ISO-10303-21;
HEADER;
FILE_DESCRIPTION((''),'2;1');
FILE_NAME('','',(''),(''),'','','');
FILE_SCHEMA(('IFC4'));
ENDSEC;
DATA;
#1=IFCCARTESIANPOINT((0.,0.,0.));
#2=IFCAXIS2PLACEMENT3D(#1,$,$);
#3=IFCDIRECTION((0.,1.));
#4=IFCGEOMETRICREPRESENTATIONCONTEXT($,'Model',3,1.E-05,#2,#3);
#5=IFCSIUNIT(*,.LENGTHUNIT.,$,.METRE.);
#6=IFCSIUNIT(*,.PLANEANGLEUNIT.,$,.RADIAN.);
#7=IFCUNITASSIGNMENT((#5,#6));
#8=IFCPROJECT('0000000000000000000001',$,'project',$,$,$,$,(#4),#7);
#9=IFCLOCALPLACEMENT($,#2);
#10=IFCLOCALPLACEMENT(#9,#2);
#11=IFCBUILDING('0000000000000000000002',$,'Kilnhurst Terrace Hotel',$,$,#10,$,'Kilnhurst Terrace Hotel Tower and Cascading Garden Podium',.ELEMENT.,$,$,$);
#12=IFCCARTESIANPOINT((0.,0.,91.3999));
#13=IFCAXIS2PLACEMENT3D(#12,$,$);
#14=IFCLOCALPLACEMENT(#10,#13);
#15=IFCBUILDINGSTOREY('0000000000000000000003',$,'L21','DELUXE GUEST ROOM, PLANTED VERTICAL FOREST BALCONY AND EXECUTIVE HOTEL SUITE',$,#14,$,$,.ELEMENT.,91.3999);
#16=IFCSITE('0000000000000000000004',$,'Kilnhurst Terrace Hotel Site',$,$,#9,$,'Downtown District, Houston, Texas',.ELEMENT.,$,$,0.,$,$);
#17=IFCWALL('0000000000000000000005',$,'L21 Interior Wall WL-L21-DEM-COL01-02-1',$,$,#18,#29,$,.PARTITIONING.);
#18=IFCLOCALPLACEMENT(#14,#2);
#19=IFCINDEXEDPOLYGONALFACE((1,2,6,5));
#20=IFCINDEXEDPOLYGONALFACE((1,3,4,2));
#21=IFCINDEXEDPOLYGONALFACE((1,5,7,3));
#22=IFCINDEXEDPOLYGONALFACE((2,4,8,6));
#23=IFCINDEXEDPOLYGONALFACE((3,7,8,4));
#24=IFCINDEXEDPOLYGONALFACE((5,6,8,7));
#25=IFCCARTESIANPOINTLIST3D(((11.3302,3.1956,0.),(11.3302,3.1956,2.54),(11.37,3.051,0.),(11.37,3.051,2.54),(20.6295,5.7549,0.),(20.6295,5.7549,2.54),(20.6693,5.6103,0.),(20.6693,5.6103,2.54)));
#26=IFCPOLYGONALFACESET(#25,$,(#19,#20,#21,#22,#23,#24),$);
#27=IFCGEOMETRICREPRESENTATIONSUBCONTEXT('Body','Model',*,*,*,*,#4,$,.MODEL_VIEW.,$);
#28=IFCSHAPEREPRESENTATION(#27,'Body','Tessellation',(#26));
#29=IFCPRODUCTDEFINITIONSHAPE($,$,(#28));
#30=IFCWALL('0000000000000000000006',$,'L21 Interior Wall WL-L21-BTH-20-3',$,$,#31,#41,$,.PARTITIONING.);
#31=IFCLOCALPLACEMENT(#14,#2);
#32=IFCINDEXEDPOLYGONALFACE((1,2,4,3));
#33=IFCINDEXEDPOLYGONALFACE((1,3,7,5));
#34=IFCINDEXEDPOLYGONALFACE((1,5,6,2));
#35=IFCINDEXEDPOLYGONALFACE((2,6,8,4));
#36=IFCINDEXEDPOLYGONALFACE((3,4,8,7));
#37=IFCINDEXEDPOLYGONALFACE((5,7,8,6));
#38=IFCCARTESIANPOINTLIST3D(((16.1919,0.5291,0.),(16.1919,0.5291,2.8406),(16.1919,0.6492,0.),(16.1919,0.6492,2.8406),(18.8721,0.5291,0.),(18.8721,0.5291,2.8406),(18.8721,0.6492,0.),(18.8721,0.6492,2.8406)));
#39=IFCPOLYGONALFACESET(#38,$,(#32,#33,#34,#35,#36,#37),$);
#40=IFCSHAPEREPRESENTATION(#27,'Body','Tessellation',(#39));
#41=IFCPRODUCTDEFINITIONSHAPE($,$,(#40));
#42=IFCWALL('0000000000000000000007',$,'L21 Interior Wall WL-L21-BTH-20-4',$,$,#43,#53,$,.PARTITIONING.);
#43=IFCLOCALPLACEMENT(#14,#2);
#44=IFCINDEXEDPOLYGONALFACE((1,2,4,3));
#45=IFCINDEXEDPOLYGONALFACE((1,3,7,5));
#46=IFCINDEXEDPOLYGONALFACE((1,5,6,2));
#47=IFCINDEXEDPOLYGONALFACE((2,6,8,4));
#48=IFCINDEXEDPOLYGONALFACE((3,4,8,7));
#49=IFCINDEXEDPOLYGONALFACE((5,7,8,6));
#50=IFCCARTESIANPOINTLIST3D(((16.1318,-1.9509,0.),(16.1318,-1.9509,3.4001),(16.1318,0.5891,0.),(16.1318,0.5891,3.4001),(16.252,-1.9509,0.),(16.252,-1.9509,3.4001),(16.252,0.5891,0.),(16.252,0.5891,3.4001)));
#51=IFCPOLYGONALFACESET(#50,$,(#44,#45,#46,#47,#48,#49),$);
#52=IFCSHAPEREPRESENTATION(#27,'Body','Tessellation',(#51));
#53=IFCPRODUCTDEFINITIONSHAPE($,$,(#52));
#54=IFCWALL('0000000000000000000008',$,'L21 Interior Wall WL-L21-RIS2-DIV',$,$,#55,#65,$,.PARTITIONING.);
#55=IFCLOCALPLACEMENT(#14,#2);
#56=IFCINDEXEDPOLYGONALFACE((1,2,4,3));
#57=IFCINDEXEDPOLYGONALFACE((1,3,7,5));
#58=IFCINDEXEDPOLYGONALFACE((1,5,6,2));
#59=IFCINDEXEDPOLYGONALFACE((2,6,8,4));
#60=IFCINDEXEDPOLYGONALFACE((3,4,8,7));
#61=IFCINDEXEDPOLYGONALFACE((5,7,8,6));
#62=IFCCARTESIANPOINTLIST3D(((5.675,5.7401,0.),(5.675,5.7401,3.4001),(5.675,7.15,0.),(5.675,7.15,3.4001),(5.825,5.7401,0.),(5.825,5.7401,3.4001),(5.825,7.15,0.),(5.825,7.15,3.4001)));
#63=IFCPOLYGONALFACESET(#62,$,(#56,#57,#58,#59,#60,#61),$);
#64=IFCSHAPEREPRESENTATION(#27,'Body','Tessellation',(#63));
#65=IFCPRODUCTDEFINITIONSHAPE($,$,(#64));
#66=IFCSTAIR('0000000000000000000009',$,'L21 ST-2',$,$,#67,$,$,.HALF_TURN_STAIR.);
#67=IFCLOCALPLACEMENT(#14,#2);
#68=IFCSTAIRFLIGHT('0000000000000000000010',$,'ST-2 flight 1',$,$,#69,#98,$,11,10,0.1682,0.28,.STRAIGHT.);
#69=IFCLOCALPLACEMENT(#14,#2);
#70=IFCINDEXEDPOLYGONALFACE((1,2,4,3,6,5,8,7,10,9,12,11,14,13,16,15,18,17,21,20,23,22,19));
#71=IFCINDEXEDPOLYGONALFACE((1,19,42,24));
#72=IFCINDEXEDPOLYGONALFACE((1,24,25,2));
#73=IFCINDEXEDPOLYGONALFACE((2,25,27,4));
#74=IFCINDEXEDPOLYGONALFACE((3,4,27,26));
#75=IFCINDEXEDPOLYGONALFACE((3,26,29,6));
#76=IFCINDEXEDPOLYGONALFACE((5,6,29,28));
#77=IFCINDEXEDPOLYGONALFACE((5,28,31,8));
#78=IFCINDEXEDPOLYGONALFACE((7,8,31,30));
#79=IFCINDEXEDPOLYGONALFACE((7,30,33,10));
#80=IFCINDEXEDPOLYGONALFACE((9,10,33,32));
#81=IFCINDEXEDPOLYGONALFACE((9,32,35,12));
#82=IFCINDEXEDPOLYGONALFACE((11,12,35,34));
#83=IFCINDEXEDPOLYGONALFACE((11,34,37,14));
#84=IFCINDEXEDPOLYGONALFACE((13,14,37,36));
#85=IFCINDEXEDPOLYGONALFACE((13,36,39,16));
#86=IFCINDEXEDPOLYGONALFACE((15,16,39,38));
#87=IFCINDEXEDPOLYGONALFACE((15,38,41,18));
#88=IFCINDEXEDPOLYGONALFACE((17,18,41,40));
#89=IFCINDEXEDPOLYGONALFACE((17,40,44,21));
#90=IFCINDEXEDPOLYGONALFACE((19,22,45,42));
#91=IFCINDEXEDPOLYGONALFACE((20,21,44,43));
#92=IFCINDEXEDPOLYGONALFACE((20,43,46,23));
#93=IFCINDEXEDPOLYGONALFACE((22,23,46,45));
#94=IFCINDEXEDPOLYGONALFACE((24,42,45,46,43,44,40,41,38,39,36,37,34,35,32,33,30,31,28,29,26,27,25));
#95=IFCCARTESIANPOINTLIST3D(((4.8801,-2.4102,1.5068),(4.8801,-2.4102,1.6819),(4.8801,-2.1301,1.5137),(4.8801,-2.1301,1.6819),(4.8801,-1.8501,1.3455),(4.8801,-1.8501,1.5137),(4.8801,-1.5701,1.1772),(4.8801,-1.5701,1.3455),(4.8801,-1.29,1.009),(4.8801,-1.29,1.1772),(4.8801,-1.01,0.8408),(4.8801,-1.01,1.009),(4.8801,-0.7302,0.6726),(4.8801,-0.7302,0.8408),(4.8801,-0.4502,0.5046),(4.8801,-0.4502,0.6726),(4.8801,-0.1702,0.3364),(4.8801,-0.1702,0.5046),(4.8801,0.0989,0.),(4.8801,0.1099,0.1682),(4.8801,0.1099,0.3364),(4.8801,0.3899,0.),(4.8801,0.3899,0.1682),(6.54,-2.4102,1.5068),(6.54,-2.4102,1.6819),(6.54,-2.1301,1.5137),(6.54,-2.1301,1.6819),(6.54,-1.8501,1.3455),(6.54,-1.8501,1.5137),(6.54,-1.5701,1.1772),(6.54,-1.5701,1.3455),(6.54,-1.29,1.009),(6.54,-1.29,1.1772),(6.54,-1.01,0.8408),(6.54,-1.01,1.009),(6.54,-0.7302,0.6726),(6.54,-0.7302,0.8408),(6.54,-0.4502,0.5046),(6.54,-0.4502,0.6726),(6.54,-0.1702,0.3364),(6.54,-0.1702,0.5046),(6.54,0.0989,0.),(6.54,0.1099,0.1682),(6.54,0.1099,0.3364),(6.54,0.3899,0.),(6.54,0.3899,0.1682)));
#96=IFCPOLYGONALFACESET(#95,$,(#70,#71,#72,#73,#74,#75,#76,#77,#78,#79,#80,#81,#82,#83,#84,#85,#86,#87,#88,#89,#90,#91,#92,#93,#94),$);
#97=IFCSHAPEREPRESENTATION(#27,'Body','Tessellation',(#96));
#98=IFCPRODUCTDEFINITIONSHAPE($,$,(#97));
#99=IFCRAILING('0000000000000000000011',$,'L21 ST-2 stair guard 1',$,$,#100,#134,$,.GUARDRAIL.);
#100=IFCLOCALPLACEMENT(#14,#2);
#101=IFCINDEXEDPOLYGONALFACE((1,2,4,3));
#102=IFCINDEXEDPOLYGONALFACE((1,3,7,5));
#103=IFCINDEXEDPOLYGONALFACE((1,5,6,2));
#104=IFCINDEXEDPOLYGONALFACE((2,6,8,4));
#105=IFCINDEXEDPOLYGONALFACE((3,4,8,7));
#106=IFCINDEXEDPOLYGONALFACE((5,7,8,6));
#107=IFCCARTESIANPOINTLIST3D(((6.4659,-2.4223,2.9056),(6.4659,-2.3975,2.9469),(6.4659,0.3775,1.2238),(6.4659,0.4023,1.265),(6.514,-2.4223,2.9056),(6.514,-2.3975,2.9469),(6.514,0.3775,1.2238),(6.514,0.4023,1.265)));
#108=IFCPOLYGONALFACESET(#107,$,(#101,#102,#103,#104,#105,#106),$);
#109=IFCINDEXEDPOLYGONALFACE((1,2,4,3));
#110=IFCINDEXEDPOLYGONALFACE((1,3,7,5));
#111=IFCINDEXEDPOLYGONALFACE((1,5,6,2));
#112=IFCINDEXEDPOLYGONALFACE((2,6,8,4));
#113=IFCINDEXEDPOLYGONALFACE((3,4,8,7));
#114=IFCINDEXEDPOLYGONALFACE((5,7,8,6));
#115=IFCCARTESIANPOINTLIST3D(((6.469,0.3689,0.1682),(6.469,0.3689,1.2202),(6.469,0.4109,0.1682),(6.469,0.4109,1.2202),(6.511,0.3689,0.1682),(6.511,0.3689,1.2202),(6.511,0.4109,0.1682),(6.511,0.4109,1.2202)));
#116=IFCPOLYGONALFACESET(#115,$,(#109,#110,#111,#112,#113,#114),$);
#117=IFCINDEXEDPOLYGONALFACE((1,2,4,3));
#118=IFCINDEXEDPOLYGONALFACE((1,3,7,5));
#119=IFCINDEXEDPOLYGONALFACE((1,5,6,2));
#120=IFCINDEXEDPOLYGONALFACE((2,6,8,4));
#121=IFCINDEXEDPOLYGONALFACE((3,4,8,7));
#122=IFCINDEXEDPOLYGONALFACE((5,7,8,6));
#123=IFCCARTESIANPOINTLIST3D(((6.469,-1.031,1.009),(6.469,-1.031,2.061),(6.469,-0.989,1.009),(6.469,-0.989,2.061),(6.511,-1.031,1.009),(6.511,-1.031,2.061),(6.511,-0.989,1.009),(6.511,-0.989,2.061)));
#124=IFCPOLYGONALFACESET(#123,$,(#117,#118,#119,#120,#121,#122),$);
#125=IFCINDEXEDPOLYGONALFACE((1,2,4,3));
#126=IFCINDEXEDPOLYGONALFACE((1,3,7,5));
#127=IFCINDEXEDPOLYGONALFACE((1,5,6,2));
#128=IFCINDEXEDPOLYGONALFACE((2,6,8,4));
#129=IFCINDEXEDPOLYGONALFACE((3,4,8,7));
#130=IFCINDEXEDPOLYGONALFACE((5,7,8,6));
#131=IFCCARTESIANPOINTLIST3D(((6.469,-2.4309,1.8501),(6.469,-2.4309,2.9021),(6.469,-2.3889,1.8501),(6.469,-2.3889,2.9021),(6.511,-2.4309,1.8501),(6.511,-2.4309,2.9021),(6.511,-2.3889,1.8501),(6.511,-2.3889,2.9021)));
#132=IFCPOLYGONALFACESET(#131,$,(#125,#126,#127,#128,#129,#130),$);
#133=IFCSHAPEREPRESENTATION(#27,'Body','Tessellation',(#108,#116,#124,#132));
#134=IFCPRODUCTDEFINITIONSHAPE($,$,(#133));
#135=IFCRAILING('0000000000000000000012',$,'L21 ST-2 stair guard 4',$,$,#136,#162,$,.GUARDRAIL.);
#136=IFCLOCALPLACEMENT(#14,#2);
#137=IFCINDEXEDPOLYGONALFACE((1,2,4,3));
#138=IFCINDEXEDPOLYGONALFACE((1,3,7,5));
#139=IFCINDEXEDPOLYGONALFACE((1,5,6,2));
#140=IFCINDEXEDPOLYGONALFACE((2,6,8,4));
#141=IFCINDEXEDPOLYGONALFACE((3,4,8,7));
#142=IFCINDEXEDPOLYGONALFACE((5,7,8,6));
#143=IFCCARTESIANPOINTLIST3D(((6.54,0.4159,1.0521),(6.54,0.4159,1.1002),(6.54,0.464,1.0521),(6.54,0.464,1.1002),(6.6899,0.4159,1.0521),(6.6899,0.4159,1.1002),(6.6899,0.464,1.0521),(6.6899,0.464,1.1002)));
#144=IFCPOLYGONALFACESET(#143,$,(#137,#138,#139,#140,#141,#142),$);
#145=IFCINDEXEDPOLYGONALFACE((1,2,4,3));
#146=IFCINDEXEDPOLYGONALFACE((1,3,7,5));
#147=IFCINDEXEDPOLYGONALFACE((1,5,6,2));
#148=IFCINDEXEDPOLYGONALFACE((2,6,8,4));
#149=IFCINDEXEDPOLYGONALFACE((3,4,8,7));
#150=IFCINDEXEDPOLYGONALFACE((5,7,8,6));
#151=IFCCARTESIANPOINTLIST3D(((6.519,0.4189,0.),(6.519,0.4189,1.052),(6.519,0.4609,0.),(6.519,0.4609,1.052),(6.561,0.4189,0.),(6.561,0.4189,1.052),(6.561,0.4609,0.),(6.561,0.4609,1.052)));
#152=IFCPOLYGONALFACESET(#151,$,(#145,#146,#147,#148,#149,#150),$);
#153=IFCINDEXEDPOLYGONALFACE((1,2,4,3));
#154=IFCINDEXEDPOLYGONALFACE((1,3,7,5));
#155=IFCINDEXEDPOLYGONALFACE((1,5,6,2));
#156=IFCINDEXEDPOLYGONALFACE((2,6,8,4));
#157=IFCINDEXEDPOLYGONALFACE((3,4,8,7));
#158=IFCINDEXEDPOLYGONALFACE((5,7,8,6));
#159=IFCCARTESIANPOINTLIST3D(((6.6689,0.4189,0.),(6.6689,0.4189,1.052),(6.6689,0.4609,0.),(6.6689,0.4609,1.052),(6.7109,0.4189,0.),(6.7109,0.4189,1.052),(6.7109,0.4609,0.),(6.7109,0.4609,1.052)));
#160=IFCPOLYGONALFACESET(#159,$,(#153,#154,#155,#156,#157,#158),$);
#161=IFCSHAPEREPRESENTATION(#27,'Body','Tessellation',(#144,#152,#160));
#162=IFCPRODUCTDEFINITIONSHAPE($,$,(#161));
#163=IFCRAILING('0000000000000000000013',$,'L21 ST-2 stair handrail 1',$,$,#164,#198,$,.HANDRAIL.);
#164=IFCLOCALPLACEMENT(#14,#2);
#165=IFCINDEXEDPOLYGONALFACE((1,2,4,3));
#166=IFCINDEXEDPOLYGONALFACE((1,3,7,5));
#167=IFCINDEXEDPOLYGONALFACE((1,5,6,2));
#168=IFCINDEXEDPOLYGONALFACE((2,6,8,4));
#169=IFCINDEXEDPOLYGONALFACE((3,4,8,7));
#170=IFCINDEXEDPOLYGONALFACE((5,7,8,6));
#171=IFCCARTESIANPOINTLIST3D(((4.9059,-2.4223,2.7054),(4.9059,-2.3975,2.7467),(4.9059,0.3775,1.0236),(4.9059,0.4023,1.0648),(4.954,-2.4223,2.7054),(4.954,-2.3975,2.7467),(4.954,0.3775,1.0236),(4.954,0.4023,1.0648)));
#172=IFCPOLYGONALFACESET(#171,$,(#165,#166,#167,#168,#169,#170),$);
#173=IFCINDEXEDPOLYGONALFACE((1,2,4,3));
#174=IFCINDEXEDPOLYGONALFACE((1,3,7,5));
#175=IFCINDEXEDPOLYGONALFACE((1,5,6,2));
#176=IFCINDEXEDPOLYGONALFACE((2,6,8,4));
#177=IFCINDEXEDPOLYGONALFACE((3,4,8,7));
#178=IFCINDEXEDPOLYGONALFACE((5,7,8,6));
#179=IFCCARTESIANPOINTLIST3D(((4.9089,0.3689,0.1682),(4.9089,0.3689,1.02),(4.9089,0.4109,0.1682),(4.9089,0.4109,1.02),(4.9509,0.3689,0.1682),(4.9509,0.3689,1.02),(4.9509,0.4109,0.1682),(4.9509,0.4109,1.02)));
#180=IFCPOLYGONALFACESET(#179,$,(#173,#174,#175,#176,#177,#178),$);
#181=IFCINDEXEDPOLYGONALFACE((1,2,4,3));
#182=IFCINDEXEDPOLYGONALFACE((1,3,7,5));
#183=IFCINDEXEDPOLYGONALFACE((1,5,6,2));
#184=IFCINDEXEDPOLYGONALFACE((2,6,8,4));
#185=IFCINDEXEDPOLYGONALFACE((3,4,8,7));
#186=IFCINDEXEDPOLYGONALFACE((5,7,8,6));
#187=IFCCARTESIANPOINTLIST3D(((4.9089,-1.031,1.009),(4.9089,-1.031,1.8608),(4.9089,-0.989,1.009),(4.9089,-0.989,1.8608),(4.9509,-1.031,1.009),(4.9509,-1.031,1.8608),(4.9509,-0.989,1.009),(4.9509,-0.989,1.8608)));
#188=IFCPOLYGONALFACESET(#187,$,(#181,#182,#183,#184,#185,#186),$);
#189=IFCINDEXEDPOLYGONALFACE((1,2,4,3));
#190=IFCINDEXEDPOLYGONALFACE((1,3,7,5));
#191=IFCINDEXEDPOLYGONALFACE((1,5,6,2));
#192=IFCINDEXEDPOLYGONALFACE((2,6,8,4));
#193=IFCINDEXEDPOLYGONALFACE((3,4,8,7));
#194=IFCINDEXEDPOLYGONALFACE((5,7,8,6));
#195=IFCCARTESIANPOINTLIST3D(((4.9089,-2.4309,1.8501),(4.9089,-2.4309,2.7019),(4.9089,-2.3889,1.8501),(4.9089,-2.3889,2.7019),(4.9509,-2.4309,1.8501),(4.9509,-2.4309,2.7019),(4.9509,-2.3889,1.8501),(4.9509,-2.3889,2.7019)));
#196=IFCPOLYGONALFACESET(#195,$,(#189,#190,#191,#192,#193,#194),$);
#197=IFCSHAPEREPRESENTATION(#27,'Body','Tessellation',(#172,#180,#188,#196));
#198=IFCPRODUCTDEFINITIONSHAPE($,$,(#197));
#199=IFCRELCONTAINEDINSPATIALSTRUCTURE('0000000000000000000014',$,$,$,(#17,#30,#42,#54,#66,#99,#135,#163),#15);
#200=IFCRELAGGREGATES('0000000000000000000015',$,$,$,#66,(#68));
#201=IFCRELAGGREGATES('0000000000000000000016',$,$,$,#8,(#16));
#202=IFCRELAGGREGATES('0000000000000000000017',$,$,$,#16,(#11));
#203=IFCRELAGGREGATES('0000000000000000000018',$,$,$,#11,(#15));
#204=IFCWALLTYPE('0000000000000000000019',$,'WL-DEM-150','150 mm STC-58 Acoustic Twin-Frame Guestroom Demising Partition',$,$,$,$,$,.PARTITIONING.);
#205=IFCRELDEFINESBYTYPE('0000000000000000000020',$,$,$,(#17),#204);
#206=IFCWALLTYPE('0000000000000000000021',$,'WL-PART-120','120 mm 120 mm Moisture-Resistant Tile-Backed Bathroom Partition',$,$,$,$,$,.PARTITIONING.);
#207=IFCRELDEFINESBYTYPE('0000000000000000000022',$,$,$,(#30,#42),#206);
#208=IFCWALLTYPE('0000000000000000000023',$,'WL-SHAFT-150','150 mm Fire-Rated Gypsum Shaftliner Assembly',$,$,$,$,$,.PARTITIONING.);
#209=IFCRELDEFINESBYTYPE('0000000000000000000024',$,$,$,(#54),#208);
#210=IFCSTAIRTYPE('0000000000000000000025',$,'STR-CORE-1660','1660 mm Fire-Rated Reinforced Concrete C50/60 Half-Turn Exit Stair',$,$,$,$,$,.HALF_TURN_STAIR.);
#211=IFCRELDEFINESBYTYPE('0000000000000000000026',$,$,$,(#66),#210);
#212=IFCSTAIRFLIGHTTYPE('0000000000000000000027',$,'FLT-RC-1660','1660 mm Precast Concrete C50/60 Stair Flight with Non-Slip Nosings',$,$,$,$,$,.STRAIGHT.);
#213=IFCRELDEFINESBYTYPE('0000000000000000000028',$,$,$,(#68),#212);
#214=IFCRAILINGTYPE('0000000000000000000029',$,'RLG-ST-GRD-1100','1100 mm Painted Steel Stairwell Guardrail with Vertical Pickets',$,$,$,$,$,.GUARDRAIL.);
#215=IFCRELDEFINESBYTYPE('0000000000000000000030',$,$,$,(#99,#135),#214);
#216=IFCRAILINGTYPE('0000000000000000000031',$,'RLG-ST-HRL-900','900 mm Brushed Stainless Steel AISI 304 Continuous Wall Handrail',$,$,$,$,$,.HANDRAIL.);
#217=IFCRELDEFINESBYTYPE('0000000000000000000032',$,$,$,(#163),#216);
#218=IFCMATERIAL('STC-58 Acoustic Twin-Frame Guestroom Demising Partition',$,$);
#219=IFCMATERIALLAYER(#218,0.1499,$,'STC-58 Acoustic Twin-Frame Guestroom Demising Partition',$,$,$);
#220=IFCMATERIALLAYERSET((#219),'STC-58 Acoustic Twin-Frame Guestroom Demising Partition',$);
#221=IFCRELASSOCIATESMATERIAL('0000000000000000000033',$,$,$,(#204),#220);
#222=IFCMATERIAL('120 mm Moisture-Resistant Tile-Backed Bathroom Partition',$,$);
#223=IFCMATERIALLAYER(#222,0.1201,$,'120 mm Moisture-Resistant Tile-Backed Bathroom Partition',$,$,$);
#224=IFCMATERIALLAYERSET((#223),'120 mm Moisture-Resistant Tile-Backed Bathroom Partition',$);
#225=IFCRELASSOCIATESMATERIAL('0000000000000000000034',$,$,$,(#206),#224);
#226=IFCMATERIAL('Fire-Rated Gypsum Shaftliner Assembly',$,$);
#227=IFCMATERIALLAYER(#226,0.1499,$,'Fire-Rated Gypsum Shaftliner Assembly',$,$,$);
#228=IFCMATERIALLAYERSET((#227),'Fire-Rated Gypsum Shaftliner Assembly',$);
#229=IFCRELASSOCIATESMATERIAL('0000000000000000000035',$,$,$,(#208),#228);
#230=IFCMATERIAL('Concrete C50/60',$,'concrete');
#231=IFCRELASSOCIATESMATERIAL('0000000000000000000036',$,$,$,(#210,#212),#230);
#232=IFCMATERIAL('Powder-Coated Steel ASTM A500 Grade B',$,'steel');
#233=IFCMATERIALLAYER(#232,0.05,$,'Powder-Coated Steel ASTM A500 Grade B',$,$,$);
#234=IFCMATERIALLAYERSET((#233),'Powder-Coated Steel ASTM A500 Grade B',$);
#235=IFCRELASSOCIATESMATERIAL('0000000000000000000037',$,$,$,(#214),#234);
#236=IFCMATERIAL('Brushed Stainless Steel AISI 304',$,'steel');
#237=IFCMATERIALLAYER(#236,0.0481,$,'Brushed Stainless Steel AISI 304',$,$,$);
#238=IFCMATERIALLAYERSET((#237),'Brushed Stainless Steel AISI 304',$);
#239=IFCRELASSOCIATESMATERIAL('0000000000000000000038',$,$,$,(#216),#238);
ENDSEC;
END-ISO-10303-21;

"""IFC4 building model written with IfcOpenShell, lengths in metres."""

from ifc_helpers import new_model, si_unit, direction, frame, frame_2d, origin, origin_2d, place, context, subcontext, project, spatial, polyline, rectangle, outline, extrude, material, layer, layer_set, type_object, element, aggregate, save


model = new_model("IFC4")

# Units and contexts
model_context = context("Model", 3, precision=1e-05, world=origin(), true_north=direction((0.0, 1.0)))
body_context = subcontext(model_context, "Body", "Model", "MODEL_VIEW")
ifc_project = project(units=[si_unit("LENGTHUNIT", "METRE"), si_unit("PLANEANGLEUNIT", "RADIAN")], contexts=[model_context])

# Site, building, storey
site_placement = place(None, origin())
site = spatial("IfcSite", under=ifc_project, at=site_placement, Name="Kilnhurst Terrace Hotel Site", LongName="Downtown District, Houston, Texas", CompositionType="ELEMENT", RefElevation=0.0)
building_placement = place(site_placement, origin())
building = spatial("IfcBuilding", under=site, at=building_placement, Name="Kilnhurst Terrace Hotel", LongName="Kilnhurst Terrace Hotel Tower and Cascading Garden Podium", CompositionType="ELEMENT")
storey_placement = place(building_placement, frame((0.0, 0.0, 91.3999)))
storey = spatial("IfcBuildingStorey", under=building, at=storey_placement, Name="L21", Description="DELUXE GUEST ROOM, PLANTED VERTICAL FOREST BALCONY AND EXECUTIVE HOTEL SUITE", CompositionType="ELEMENT", Elevation=91.3999)

# Shared definitions
ifc_material_1 = material(Name="Concrete C50/60", Category="concrete")

# Walls
ifc_material_2 = material(Name="STC-58 Acoustic Twin-Frame Guestroom Demising Partition")
ifc_layer_1 = layer(ifc_material_2, 0.1499, Name="STC-58 Acoustic Twin-Frame Guestroom Demising Partition")
ifc_layer_set_1 = layer_set([ifc_layer_1], Name="STC-58 Acoustic Twin-Frame Guestroom Demising Partition")
wall_type_1 = type_object("IfcWallType", Name="WL-DEM-150", Description="150 mm STC-58 Acoustic Twin-Frame Guestroom Demising Partition", PredefinedType="PARTITIONING", material=ifc_layer_set_1)
wall_1_placement = place(storey_placement, frame((11.3501, 3.1233, 0.0), z_axis=(0.0, 0.0, 1.0), x_axis=(0.964152, 0.265351, 0.0)))
element("IfcWall", 1, at=wall_1_placement, inside=storey, type_object=wall_type_1, Name="L21 Interior Wall WL-L21-DEM-COL01-02-1", PredefinedType="PARTITIONING", context=body_context, shape_type="SweptSolid", body=[
    extrude(rectangle(XDim=9.645, YDim=0.1499, at=frame_2d((4.8225, 0.0))), origin(), (0.0, 0.0, 1.0), 2.54),
])
ifc_material_3 = material(Name="120 mm Moisture-Resistant Tile-Backed Bathroom Partition")
ifc_layer_2 = layer(ifc_material_3, 0.1201, Name="120 mm Moisture-Resistant Tile-Backed Bathroom Partition")
ifc_layer_set_2 = layer_set([ifc_layer_2], Name="120 mm Moisture-Resistant Tile-Backed Bathroom Partition")
wall_type_2 = type_object("IfcWallType", Name="WL-PART-120", Description="120 mm 120 mm Moisture-Resistant Tile-Backed Bathroom Partition", PredefinedType="PARTITIONING", material=ifc_layer_set_2)
wall_2_placement = place(storey_placement, frame((18.8721, 0.5891, 0.0), z_axis=(0.0, 0.0, 1.0), x_axis=(-1.0, 0.0, 0.0)))
element("IfcWall", 2, at=wall_2_placement, inside=storey, type_object=wall_type_2, Name="L21 Interior Wall WL-L21-BTH-20-3", PredefinedType="PARTITIONING", context=body_context, shape_type="SweptSolid", body=[
    extrude(rectangle(XDim=2.6802, YDim=0.1201, at=frame_2d((1.3401, 0.0))), origin(), (0.0, 0.0, 1.0), 2.8406),
])
wall_3_placement = place(storey_placement, frame((16.1919, 0.5891, 0.0), z_axis=(0.0, 0.0, 1.0), x_axis=(0.0, -1.0, 0.0)))
element("IfcWall", 3, at=wall_3_placement, inside=storey, type_object=wall_type_2, Name="L21 Interior Wall WL-L21-BTH-20-4", PredefinedType="PARTITIONING", context=body_context, shape_type="SweptSolid", body=[
    extrude(rectangle(XDim=2.54, YDim=0.1201, at=frame_2d((1.27, 0.0))), origin(), (0.0, 0.0, 1.0), 3.4001),
])
ifc_material_4 = material(Name="Fire-Rated Gypsum Shaftliner Assembly")
ifc_layer_3 = layer(ifc_material_4, 0.1499, Name="Fire-Rated Gypsum Shaftliner Assembly")
ifc_layer_set_3 = layer_set([ifc_layer_3], Name="Fire-Rated Gypsum Shaftliner Assembly")
wall_type_3 = type_object("IfcWallType", Name="WL-SHAFT-150", Description="150 mm Fire-Rated Gypsum Shaftliner Assembly", PredefinedType="PARTITIONING", material=ifc_layer_set_3)
wall_4_placement = place(storey_placement, frame((5.75, 5.74, 0.0), z_axis=(0.0, 0.0, 1.0), x_axis=(0.0, 1.0, 0.0)))
element("IfcWall", 4, at=wall_4_placement, inside=storey, type_object=wall_type_3, Name="L21 Interior Wall WL-L21-RIS2-DIV", PredefinedType="PARTITIONING", context=body_context, shape_type="SweptSolid", body=[
    extrude(rectangle(XDim=1.4099, YDim=0.1499, at=frame_2d((0.7051, 0.0))), origin(), (0.0, 0.0, 1.0), 3.4001),
])

# Stair, stair flight
stair_type = type_object("IfcStairType", Name="STR-CORE-1660", Description="1660 mm Fire-Rated Reinforced Concrete C50/60 Half-Turn Exit Stair", PredefinedType="HALF_TURN_STAIR", material=ifc_material_1)
stair_placement = place(storey_placement, origin())
stair = element("IfcStair", 5, at=stair_placement, inside=storey, type_object=stair_type, Name="L21 ST-2", PredefinedType="HALF_TURN_STAIR")
stair_flight_type = type_object("IfcStairFlightType", Name="FLT-RC-1660", Description="1660 mm Precast Concrete C50/60 Stair Flight with Non-Slip Nosings", PredefinedType="STRAIGHT", material=ifc_material_1)
stair_flight_placement = place(storey_placement, frame((5.71, 0.3899, 0.0), z_axis=(0.0, 0.0, 1.0), x_axis=(0.0, -1.0, 0.0)))
stair_flight = element("IfcStairFlight", 6, at=stair_flight_placement, type_object=stair_flight_type, Name="ST-2 flight 1", NumberOfRisers=11, NumberOfTreads=10, PredefinedType="STRAIGHT", RiserHeight=0.1682, TreadLength=0.28, context=body_context, shape_type="SweptSolid", body=[
    extrude(outline(polyline([(0.0, 0.0), (0.0, 0.1682), (0.28, 0.1682), (0.28, 0.3364), (0.5601, 0.3364), (0.5601, 0.5046), (0.8401, 0.5046), (0.8401, 0.6726), (1.1201, 0.6726), (1.1201, 0.8408), (1.3999, 0.8408), (1.3999, 1.009), (1.6799, 1.009), (1.6799, 1.1772), (1.96, 1.1772), (1.96, 1.3455), (2.24, 1.3455), (2.24, 1.5137), (2.52, 1.5137), (2.52, 1.6819), (2.8, 1.6819), (2.8, 1.8501), (2.8, 1.5068), (0.291, 0.0), (0.0, 0.0)])), frame((0.0, 0.8301, 0.0), z_axis=(0.0, -1.0, 0.0), x_axis=(1.0, 0.0, 0.0)), (0.0, 0.0, 1.0), 1.6599),
])
aggregate(stair, [stair_flight])

# Railings
ifc_material_5 = material(Name="Powder-Coated Steel ASTM A500 Grade B", Category="steel")
ifc_layer_4 = layer(ifc_material_5, 0.05, Name="Powder-Coated Steel ASTM A500 Grade B")
ifc_layer_set_4 = layer_set([ifc_layer_4], Name="Powder-Coated Steel ASTM A500 Grade B")
railing_type_1 = type_object("IfcRailingType", Name="RLG-ST-GRD-1100", Description="1100 mm Painted Steel Stairwell Guardrail with Vertical Pickets", PredefinedType="GUARDRAIL", material=ifc_layer_set_4)
railing_1_placement = place(storey_placement, frame((6.49, 0.3899, 0.1682)))
element("IfcRailing", 7, at=railing_1_placement, inside=storey, type_object=railing_type_1, Name="L21 ST-2 stair guard 1", PredefinedType="GUARDRAIL", context=body_context, shape_type="SweptSolid", body=[
    extrude(rectangle(XDim=0.0481, YDim=0.0481, at=origin_2d()), frame((0.0, 0.0, 1.0762), z_axis=(0.0, -0.857222, 0.514946), x_axis=(1.0, 0.0, 0.0)), (0.0, 0.0, 1.0), 3.2661),
    extrude(rectangle(XDim=0.042, YDim=0.042, at=origin_2d()), origin(), (0.0, 0.0, 1.0), 1.052),
    extrude(rectangle(XDim=0.042, YDim=0.042, at=origin_2d()), frame((0.0, -1.3999, 0.8408)), (0.0, 0.0, 1.0), 1.052),
    extrude(rectangle(XDim=0.042, YDim=0.042, at=origin_2d()), frame((0.0, -2.7998, 1.6819)), (0.0, 0.0, 1.0), 1.052),
])
railing_2_placement = place(storey_placement, frame((6.54, 0.4399, 0.0)))
element("IfcRailing", 8, at=railing_2_placement, inside=storey, type_object=railing_type_1, Name="L21 ST-2 stair guard 4", PredefinedType="GUARDRAIL", context=body_context, shape_type="SweptSolid", body=[
    extrude(rectangle(XDim=0.0481, YDim=0.0481, at=origin_2d()), frame((0.0, 0.0, 1.0762), z_axis=(1.0, 0.0, 0.0), x_axis=(0.0, 1.0, 0.0)), (0.0, 0.0, 1.0), 0.1499),
    extrude(rectangle(XDim=0.042, YDim=0.042, at=origin_2d()), origin(), (0.0, 0.0, 1.0), 1.052),
    extrude(rectangle(XDim=0.042, YDim=0.042, at=origin_2d()), frame((0.1499, 0.0, 0.0)), (0.0, 0.0, 1.0), 1.052),
])
ifc_material_6 = material(Name="Brushed Stainless Steel AISI 304", Category="steel")
ifc_layer_5 = layer(ifc_material_6, 0.0481, Name="Brushed Stainless Steel AISI 304")
ifc_layer_set_5 = layer_set([ifc_layer_5], Name="Brushed Stainless Steel AISI 304")
railing_type_2 = type_object("IfcRailingType", Name="RLG-ST-HRL-900", Description="900 mm Brushed Stainless Steel AISI 304 Continuous Wall Handrail", PredefinedType="HANDRAIL", material=ifc_layer_set_5)
railing_3_placement = place(storey_placement, frame((4.9299, 0.3899, 0.1682)))
element("IfcRailing", 9, at=railing_3_placement, inside=storey, type_object=railing_type_2, Name="L21 ST-2 stair handrail 1", PredefinedType="HANDRAIL", context=body_context, shape_type="SweptSolid", body=[
    extrude(rectangle(XDim=0.0481, YDim=0.0481, at=origin_2d()), frame((0.0, 0.0, 0.876), z_axis=(0.0, -0.857222, 0.514946), x_axis=(1.0, 0.0, 0.0)), (0.0, 0.0, 1.0), 3.2661),
    extrude(rectangle(XDim=0.042, YDim=0.042, at=origin_2d()), origin(), (0.0, 0.0, 1.0), 0.8518),
    extrude(rectangle(XDim=0.042, YDim=0.042, at=origin_2d()), frame((0.0, -1.3999, 0.8408)), (0.0, 0.0, 1.0), 0.8518),
    extrude(rectangle(XDim=0.042, YDim=0.042, at=origin_2d()), frame((0.0, -2.7998, 1.6819)), (0.0, 0.0, 1.0), 0.8518),
])

save(model, "model.ifc")
